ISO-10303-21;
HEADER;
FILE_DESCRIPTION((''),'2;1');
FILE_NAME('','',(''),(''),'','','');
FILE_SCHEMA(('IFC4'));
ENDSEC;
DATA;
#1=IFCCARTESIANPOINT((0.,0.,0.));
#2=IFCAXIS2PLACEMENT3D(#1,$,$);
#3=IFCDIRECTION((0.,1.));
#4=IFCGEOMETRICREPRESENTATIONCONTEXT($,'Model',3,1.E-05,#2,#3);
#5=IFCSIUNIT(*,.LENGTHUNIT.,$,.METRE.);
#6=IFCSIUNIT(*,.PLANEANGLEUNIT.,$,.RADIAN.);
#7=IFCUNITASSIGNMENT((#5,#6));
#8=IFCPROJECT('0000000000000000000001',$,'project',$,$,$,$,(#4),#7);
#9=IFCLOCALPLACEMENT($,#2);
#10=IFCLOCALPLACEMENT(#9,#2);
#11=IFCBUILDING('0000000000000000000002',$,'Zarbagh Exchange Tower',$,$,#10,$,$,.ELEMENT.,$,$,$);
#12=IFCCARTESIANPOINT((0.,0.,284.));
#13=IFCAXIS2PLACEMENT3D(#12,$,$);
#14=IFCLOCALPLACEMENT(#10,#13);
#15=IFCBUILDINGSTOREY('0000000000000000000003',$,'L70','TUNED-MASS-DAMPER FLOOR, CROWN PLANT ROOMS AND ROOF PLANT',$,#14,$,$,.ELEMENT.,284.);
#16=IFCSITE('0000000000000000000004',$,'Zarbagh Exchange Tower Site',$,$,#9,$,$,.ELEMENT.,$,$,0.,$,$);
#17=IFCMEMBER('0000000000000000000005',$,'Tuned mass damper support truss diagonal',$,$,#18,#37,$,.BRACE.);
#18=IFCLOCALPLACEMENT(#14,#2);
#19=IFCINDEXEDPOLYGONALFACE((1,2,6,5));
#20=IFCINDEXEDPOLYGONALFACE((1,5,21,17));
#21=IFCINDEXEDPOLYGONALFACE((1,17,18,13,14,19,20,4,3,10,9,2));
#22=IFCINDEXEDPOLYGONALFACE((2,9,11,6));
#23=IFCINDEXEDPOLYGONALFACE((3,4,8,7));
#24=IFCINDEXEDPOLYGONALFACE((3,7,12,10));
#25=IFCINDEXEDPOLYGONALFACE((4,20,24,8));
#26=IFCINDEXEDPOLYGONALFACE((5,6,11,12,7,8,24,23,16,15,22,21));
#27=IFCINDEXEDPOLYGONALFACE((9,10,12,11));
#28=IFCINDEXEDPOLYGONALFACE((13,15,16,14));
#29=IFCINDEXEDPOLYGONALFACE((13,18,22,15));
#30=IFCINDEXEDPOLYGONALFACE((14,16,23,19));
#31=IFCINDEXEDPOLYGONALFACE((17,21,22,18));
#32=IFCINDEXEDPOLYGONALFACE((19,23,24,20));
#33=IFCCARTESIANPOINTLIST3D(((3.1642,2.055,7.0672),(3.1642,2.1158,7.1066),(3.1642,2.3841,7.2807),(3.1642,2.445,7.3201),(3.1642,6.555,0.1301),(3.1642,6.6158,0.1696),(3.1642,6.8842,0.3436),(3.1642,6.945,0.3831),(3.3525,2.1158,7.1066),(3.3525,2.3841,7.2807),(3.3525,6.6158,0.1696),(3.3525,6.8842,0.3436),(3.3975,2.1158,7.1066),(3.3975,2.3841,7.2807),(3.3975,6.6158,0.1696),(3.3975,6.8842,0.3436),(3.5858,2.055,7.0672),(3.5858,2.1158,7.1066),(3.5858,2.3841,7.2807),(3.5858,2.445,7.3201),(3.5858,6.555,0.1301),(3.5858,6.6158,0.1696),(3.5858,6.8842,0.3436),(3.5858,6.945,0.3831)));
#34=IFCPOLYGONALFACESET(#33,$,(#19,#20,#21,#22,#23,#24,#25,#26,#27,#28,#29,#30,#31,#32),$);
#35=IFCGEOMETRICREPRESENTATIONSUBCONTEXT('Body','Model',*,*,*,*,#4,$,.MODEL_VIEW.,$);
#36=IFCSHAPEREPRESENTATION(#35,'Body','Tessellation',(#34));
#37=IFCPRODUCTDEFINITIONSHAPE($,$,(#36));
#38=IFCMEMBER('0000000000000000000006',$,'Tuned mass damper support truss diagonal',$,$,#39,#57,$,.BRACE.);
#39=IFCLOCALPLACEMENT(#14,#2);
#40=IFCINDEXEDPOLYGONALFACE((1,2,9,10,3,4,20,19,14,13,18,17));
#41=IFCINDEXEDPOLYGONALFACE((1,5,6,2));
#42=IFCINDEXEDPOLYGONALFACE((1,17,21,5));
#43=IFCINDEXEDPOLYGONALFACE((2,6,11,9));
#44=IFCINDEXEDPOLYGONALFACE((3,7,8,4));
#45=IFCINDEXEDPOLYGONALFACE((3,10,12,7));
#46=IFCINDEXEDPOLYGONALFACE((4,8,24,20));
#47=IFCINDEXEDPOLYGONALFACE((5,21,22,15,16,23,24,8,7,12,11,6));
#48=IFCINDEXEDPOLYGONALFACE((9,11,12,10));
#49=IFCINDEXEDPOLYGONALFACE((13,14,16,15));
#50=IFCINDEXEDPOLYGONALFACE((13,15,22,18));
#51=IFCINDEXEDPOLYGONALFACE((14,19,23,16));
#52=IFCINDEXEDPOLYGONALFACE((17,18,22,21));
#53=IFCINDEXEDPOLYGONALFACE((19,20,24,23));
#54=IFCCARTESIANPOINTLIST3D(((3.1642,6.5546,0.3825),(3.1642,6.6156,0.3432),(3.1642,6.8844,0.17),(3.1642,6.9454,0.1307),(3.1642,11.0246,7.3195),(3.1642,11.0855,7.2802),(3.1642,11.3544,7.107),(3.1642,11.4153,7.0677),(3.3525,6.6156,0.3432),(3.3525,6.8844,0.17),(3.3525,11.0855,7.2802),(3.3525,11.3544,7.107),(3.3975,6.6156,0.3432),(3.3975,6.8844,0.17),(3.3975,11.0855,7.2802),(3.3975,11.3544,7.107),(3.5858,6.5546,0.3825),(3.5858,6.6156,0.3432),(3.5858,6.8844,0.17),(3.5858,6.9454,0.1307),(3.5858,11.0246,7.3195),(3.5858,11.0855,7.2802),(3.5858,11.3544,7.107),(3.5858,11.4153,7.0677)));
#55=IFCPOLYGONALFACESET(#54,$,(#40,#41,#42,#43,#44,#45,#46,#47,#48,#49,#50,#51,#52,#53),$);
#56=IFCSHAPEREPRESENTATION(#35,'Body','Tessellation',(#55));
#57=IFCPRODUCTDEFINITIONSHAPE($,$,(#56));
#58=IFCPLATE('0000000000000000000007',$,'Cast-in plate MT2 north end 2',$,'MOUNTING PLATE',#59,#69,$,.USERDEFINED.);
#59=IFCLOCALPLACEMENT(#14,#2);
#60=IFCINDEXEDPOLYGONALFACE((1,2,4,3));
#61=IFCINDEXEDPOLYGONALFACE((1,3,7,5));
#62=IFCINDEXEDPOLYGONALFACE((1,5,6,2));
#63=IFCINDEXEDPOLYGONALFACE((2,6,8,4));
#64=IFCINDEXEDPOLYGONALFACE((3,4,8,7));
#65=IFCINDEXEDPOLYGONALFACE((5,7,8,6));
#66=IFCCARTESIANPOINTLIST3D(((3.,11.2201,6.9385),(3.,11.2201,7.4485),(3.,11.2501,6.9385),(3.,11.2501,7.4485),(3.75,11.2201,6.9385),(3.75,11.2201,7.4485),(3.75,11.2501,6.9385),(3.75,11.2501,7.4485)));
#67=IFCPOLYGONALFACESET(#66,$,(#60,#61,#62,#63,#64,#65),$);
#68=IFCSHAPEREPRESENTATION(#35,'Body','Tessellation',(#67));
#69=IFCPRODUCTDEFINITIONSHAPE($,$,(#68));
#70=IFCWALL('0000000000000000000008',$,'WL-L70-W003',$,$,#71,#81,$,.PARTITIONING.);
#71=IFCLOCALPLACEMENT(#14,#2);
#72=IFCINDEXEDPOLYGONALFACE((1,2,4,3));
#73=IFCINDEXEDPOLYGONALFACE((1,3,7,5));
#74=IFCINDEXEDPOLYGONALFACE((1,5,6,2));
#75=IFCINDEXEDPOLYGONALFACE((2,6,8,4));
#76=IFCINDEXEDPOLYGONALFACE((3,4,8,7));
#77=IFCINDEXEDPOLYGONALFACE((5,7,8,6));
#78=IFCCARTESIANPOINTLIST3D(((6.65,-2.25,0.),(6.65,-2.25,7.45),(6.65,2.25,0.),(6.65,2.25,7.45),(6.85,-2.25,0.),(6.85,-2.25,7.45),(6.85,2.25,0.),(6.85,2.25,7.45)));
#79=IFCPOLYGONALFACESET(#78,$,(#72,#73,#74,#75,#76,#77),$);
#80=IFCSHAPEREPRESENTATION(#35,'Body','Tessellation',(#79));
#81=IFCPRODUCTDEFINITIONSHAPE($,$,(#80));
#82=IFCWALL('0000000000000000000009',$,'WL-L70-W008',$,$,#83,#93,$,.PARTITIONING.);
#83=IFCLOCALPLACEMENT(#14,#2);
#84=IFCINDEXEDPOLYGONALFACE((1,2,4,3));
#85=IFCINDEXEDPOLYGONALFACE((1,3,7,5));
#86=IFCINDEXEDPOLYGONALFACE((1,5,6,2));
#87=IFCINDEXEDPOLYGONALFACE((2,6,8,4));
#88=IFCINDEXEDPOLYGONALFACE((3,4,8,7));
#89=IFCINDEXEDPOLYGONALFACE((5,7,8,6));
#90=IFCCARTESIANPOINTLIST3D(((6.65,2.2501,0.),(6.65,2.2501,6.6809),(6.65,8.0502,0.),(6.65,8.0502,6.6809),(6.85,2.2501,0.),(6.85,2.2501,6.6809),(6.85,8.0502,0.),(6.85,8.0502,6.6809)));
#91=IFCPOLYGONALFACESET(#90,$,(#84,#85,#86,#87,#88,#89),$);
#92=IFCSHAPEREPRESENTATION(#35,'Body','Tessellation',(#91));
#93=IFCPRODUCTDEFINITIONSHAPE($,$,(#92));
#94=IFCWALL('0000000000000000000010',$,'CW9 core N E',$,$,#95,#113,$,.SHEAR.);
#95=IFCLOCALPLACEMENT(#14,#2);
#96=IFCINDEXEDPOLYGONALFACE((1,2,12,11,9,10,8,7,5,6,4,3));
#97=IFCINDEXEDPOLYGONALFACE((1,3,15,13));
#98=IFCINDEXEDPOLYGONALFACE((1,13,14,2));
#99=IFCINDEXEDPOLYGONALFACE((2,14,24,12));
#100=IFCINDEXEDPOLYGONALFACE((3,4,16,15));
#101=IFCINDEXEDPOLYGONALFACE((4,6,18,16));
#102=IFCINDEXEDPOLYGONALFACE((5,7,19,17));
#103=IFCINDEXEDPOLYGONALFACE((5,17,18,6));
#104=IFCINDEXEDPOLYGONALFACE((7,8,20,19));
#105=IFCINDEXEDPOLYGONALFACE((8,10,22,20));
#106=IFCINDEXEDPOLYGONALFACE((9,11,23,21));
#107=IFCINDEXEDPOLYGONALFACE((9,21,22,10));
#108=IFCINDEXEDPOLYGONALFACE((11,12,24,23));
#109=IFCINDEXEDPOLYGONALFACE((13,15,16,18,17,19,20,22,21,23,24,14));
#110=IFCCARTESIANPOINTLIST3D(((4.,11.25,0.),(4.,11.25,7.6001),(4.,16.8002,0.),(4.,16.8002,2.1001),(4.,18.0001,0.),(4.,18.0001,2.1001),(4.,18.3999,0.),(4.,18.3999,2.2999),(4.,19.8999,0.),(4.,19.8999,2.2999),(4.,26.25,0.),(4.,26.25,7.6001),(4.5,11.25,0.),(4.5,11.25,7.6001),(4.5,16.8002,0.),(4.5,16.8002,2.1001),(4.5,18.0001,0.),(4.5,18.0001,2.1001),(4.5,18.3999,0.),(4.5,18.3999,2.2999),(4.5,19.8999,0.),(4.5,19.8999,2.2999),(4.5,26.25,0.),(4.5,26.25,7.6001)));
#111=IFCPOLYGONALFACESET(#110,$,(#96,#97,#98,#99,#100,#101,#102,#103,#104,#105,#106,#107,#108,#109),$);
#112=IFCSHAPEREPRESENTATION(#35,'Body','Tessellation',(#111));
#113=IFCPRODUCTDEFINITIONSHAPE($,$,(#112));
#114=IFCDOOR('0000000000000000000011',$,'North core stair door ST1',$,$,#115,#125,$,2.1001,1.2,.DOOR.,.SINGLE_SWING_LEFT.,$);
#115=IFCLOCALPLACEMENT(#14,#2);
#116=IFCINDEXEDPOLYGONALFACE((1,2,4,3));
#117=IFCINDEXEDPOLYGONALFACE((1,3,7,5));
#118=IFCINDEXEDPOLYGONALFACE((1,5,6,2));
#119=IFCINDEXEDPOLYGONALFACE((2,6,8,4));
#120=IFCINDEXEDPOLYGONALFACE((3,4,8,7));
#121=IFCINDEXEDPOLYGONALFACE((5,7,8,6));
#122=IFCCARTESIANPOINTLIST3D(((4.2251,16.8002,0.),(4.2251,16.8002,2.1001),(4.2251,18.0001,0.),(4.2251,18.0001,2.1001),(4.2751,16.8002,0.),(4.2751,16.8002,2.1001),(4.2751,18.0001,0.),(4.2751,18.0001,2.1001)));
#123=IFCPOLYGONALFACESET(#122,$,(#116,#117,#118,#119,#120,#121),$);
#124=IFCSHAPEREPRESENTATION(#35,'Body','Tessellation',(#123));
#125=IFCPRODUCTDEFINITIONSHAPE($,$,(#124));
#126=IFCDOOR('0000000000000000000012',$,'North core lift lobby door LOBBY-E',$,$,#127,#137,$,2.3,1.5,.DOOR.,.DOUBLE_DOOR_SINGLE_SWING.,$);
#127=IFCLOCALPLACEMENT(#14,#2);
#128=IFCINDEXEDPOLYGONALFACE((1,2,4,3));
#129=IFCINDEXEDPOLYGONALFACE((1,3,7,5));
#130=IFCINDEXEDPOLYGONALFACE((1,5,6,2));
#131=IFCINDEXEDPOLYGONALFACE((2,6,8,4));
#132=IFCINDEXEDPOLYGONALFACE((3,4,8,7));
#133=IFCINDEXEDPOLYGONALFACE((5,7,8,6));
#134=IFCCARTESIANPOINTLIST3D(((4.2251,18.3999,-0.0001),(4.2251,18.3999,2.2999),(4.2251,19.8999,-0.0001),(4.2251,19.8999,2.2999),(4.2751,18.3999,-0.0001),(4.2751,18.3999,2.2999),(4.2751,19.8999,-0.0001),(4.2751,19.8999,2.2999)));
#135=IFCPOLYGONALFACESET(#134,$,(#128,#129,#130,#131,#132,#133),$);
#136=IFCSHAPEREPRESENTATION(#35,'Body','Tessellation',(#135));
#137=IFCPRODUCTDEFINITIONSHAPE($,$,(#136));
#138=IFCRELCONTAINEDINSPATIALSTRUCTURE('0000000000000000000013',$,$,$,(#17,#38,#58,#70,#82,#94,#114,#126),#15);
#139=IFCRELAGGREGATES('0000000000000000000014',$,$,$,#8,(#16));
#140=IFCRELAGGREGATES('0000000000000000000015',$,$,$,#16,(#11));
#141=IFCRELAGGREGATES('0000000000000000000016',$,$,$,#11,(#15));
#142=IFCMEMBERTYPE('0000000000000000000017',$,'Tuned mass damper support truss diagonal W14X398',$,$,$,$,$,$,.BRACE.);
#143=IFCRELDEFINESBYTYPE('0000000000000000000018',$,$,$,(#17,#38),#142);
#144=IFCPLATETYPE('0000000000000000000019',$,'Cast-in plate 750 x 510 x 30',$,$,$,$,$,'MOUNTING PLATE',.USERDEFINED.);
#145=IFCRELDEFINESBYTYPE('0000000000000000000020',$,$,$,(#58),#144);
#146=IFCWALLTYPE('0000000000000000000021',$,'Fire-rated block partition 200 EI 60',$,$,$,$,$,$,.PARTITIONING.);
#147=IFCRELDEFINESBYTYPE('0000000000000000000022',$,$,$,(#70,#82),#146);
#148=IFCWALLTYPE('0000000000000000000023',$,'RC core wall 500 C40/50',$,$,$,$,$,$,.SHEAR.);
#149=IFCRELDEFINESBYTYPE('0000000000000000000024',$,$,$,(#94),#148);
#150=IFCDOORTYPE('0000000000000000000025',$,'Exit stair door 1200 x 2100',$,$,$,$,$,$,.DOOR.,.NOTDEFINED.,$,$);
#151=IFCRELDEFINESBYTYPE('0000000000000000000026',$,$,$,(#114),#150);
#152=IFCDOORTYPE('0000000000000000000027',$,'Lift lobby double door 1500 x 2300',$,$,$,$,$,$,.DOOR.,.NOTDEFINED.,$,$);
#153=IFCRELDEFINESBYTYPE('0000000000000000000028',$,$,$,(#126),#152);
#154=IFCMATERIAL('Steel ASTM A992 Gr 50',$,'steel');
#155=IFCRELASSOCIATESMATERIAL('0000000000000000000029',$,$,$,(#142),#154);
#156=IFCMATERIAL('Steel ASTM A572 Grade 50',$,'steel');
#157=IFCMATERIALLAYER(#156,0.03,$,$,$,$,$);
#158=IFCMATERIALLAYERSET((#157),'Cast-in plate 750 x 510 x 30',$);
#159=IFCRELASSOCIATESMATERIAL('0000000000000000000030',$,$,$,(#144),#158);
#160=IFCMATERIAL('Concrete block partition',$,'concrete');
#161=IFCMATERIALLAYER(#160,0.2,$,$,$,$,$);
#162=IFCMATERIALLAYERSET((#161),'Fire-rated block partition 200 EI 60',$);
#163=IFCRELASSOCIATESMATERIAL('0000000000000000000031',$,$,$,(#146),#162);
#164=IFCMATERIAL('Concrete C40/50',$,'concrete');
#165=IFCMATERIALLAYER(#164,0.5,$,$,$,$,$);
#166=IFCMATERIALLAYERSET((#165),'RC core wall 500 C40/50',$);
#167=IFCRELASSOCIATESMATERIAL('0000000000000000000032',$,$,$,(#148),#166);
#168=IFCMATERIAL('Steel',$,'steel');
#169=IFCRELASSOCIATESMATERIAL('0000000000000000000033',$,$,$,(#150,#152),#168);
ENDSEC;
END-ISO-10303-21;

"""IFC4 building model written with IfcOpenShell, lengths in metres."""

from ifc_helpers import new_model, si_unit, direction, frame, frame_2d, origin, origin_2d, place, context, subcontext, project, spatial, rectangle, i_section, extrude, material, layer, layer_set, material_profile, profile_set, type_object, element, fill, save


model = new_model("IFC4")

# Units and contexts
model_context = context("Model", 3, precision=1e-05, world=origin(), true_north=direction((0.0, 1.0)))
body_context = subcontext(model_context, "Body", "Model", "MODEL_VIEW")
ifc_project = project(units=[si_unit("LENGTHUNIT", "METRE"), si_unit("PLANEANGLEUNIT", "RADIAN")], contexts=[model_context])

# Site, building, storey
site_placement = place(None, origin())
site = spatial("IfcSite", under=ifc_project, at=site_placement, Name="Zarbagh Exchange Tower Site", CompositionType="ELEMENT", RefElevation=0.0)
building_placement = place(site_placement, origin())
building = spatial("IfcBuilding", under=site, at=building_placement, Name="Zarbagh Exchange Tower", CompositionType="ELEMENT")
storey_placement = place(building_placement, frame((0.0, 0.0, 284.0)))
storey = spatial("IfcBuildingStorey", under=building, at=storey_placement, Name="L70", Description="TUNED-MASS-DAMPER FLOOR, CROWN PLANT ROOMS AND ROOF PLANT", CompositionType="ELEMENT", Elevation=284.0)

# Shared definitions
ifc_material_1 = material(Name="Concrete C40/50", Category="concrete")

# Shared definitions
ifc_material_2 = material(Name="Steel ASTM A992 Gr 50", Category="steel")

# Members
ifc_material_profile_1 = material_profile(ifc_material_2, i_section(OverallWidth=0.4216, OverallDepth=0.4648, WebThickness=0.0449, FlangeThickness=0.0725, at=origin_2d()), Name="W14X398")
ifc_profile_set_1 = profile_set([ifc_material_profile_1], Name="Steel ASTM A992 Gr 50")
member_type_1 = type_object("IfcMemberType", Name="Tuned mass damper support truss diagonal W14X398", PredefinedType="BRACE", material=ifc_profile_set_1)
member_1_placement = place(storey_placement, frame((3.375, 6.75, 0.2566), z_axis=(0.0, -0.544218, 0.838944), x_axis=(1.0, 0.0, 0.0)))
element("IfcMember", 1, at=member_1_placement, inside=storey, type_object=member_type_1, Name="Tuned mass damper support truss diagonal", PredefinedType="BRACE", context=body_context, shape_type="SweptSolid", body=[
    extrude(i_section(OverallWidth=0.4216, OverallDepth=0.4648, WebThickness=0.0449, FlangeThickness=0.0725, at=origin_2d()), origin(), (0.0, 0.0, 1.0), 8.2688),
])
member_2_placement = place(storey_placement, frame((3.375, 6.75, 0.2566), z_axis=(0.0, 0.541654, 0.840601), x_axis=(-1.0, 0.0, 0.0)))
element("IfcMember", 2, at=member_2_placement, inside=storey, type_object=member_type_1, Name="Tuned mass damper support truss diagonal", PredefinedType="BRACE", context=body_context, shape_type="SweptSolid", body=[
    extrude(i_section(OverallWidth=0.4216, OverallDepth=0.4648, WebThickness=0.0449, FlangeThickness=0.0725, at=origin_2d()), origin(), (0.0, 0.0, 1.0), 8.2524),
])

# Plate
ifc_material_3 = material(Name="Steel ASTM A572 Grade 50", Category="steel")
ifc_layer_1 = layer(ifc_material_3, 0.03)
ifc_layer_set_1 = layer_set([ifc_layer_1], Name="Cast-in plate 750 x 510 x 30")
plate_type = type_object("IfcPlateType", Name="Cast-in plate 750 x 510 x 30", ElementType="MOUNTING PLATE", PredefinedType="USERDEFINED", material=ifc_layer_set_1)
plate_placement = place(storey_placement, frame((3.375, 11.2351, 6.9385), z_axis=(0.0, 0.0, 1.0), x_axis=(1.0, 0.0, 0.0)))
element("IfcPlate", 3, at=plate_placement, inside=storey, type_object=plate_type, Name="Cast-in plate MT2 north end 2", ObjectType="MOUNTING PLATE", PredefinedType="USERDEFINED", context=body_context, shape_type="SweptSolid", body=[
    extrude(rectangle(XDim=0.75, YDim=0.03, at=origin_2d()), origin(), (0.0, 0.0, 1.0), 0.51),
])

# Walls
ifc_material_4 = material(Name="Concrete block partition", Category="concrete")
ifc_layer_2 = layer(ifc_material_4, 0.2)
ifc_layer_set_2 = layer_set([ifc_layer_2], Name="Fire-rated block partition 200 EI 60")
wall_type_1 = type_object("IfcWallType", Name="Fire-rated block partition 200 EI 60", PredefinedType="PARTITIONING", material=ifc_layer_set_2)
wall_1_placement = place(storey_placement, frame((6.75, 2.25, 0.0), z_axis=(0.0, 0.0, 1.0), x_axis=(0.0, -1.0, 0.0)))
element("IfcWall", 4, at=wall_1_placement, inside=storey, type_object=wall_type_1, Name="WL-L70-W003", PredefinedType="PARTITIONING", context=body_context, shape_type="SweptSolid", body=[
    extrude(rectangle(XDim=4.5, YDim=0.2, at=frame_2d((2.25, 0.0))), origin(), (0.0, 0.0, 1.0), 7.45),
])
wall_2_placement = place(storey_placement, frame((6.75, 8.05, 0.0), z_axis=(0.0, 0.0, 1.0), x_axis=(0.0, -1.0, 0.0)))
element("IfcWall", 5, at=wall_2_placement, inside=storey, type_object=wall_type_1, Name="WL-L70-W008", PredefinedType="PARTITIONING", context=body_context, shape_type="SweptSolid", body=[
    extrude(rectangle(XDim=5.8, YDim=0.2, at=frame_2d((2.8999, 0.0))), origin(), (0.0, 0.0, 1.0), 6.6809),
])

# Wall, openings, doors
ifc_layer_3 = layer(ifc_material_1, 0.5)
ifc_layer_set_3 = layer_set([ifc_layer_3], Name="RC core wall 500 C40/50")
wall_type_2 = type_object("IfcWallType", Name="RC core wall 500 C40/50", PredefinedType="SHEAR", material=ifc_layer_set_3)
wall_3_placement = place(storey_placement, frame((4.25, 11.25, 0.0), z_axis=(0.0, 0.0, 1.0), x_axis=(0.0, 1.0, 0.0)))
wall_3 = element("IfcWall", 6, at=wall_3_placement, inside=storey, type_object=wall_type_2, Name="CW9 core N E", PredefinedType="SHEAR", context=body_context, shape_type="SweptSolid", body=[
    extrude(rectangle(XDim=15.0, YDim=0.5, at=frame_2d((7.5, 0.0))), origin(), (0.0, 0.0, 1.0), 7.6001),
])
opening_1_placement = place(wall_3_placement, frame((7.1499, 0.0, 0.0)))
opening_1 = element("IfcOpeningElement", 7, at=opening_1_placement, cuts=wall_3, PredefinedType="OPENING", context=body_context, shape_type="SweptSolid", body=[
    extrude(rectangle(XDim=1.5, YDim=2.3, at=frame_2d((0.75, 1.1499))), frame((0.0, 0.26, 0.0), z_axis=(0.0, -1.0, 0.0), x_axis=(1.0, 0.0, 0.0)), (0.0, 0.0, 1.0), 0.52),
])
opening_2_placement = place(wall_3_placement, frame((5.55, 0.0, 0.0)))
opening_2 = element("IfcOpeningElement", 8, at=opening_2_placement, cuts=wall_3, PredefinedType="OPENING", context=body_context, shape_type="SweptSolid", body=[
    extrude(rectangle(XDim=1.2, YDim=2.1001, at=frame_2d((0.6001, 1.05))), frame((0.0, 0.26, 0.0), z_axis=(0.0, -1.0, 0.0), x_axis=(1.0, 0.0, 0.0)), (0.0, 0.0, 1.0), 0.52),
])
ifc_material_5 = material(Name="Steel", Category="steel")
door_type_1 = type_object("IfcDoorType", Name="Exit stair door 1200 x 2100", OperationType="NOTDEFINED", PredefinedType="DOOR", material=ifc_material_5)
door_1_placement = place(opening_2_placement, origin())
door_1 = element("IfcDoor", 9, at=door_1_placement, inside=storey, type_object=door_type_1, Name="North core stair door ST1", OperationType="SINGLE_SWING_LEFT", OverallHeight=2.1001, OverallWidth=1.2, PredefinedType="DOOR", context=body_context, shape_type="SweptSolid", body=[
    extrude(rectangle(XDim=1.2, YDim=2.1001, at=frame_2d((0.6001, 1.05))), frame((0.0, 0.0249, 0.0), z_axis=(0.0, -1.0, 0.0), x_axis=(1.0, 0.0, 0.0)), (0.0, 0.0, 1.0), 0.05),
])
fill(opening_2, door_1)
door_type_2 = type_object("IfcDoorType", Name="Lift lobby double door 1500 x 2300", OperationType="NOTDEFINED", PredefinedType="DOOR", material=ifc_material_5)
door_2_placement = place(opening_1_placement, origin())
door_2 = element("IfcDoor", 10, at=door_2_placement, inside=storey, type_object=door_type_2, Name="North core lift lobby door LOBBY-E", OperationType="DOUBLE_DOOR_SINGLE_SWING", OverallHeight=2.3, OverallWidth=1.5, PredefinedType="DOOR", context=body_context, shape_type="SweptSolid", body=[
    extrude(rectangle(XDim=1.5, YDim=2.3, at=frame_2d((0.75, 1.1499))), frame((0.0, 0.0249, 0.0), z_axis=(0.0, -1.0, 0.0), x_axis=(1.0, 0.0, 0.0)), (0.0, 0.0, 1.0), 0.05),
])
fill(opening_1, door_2)

save(model, "model.ifc")
